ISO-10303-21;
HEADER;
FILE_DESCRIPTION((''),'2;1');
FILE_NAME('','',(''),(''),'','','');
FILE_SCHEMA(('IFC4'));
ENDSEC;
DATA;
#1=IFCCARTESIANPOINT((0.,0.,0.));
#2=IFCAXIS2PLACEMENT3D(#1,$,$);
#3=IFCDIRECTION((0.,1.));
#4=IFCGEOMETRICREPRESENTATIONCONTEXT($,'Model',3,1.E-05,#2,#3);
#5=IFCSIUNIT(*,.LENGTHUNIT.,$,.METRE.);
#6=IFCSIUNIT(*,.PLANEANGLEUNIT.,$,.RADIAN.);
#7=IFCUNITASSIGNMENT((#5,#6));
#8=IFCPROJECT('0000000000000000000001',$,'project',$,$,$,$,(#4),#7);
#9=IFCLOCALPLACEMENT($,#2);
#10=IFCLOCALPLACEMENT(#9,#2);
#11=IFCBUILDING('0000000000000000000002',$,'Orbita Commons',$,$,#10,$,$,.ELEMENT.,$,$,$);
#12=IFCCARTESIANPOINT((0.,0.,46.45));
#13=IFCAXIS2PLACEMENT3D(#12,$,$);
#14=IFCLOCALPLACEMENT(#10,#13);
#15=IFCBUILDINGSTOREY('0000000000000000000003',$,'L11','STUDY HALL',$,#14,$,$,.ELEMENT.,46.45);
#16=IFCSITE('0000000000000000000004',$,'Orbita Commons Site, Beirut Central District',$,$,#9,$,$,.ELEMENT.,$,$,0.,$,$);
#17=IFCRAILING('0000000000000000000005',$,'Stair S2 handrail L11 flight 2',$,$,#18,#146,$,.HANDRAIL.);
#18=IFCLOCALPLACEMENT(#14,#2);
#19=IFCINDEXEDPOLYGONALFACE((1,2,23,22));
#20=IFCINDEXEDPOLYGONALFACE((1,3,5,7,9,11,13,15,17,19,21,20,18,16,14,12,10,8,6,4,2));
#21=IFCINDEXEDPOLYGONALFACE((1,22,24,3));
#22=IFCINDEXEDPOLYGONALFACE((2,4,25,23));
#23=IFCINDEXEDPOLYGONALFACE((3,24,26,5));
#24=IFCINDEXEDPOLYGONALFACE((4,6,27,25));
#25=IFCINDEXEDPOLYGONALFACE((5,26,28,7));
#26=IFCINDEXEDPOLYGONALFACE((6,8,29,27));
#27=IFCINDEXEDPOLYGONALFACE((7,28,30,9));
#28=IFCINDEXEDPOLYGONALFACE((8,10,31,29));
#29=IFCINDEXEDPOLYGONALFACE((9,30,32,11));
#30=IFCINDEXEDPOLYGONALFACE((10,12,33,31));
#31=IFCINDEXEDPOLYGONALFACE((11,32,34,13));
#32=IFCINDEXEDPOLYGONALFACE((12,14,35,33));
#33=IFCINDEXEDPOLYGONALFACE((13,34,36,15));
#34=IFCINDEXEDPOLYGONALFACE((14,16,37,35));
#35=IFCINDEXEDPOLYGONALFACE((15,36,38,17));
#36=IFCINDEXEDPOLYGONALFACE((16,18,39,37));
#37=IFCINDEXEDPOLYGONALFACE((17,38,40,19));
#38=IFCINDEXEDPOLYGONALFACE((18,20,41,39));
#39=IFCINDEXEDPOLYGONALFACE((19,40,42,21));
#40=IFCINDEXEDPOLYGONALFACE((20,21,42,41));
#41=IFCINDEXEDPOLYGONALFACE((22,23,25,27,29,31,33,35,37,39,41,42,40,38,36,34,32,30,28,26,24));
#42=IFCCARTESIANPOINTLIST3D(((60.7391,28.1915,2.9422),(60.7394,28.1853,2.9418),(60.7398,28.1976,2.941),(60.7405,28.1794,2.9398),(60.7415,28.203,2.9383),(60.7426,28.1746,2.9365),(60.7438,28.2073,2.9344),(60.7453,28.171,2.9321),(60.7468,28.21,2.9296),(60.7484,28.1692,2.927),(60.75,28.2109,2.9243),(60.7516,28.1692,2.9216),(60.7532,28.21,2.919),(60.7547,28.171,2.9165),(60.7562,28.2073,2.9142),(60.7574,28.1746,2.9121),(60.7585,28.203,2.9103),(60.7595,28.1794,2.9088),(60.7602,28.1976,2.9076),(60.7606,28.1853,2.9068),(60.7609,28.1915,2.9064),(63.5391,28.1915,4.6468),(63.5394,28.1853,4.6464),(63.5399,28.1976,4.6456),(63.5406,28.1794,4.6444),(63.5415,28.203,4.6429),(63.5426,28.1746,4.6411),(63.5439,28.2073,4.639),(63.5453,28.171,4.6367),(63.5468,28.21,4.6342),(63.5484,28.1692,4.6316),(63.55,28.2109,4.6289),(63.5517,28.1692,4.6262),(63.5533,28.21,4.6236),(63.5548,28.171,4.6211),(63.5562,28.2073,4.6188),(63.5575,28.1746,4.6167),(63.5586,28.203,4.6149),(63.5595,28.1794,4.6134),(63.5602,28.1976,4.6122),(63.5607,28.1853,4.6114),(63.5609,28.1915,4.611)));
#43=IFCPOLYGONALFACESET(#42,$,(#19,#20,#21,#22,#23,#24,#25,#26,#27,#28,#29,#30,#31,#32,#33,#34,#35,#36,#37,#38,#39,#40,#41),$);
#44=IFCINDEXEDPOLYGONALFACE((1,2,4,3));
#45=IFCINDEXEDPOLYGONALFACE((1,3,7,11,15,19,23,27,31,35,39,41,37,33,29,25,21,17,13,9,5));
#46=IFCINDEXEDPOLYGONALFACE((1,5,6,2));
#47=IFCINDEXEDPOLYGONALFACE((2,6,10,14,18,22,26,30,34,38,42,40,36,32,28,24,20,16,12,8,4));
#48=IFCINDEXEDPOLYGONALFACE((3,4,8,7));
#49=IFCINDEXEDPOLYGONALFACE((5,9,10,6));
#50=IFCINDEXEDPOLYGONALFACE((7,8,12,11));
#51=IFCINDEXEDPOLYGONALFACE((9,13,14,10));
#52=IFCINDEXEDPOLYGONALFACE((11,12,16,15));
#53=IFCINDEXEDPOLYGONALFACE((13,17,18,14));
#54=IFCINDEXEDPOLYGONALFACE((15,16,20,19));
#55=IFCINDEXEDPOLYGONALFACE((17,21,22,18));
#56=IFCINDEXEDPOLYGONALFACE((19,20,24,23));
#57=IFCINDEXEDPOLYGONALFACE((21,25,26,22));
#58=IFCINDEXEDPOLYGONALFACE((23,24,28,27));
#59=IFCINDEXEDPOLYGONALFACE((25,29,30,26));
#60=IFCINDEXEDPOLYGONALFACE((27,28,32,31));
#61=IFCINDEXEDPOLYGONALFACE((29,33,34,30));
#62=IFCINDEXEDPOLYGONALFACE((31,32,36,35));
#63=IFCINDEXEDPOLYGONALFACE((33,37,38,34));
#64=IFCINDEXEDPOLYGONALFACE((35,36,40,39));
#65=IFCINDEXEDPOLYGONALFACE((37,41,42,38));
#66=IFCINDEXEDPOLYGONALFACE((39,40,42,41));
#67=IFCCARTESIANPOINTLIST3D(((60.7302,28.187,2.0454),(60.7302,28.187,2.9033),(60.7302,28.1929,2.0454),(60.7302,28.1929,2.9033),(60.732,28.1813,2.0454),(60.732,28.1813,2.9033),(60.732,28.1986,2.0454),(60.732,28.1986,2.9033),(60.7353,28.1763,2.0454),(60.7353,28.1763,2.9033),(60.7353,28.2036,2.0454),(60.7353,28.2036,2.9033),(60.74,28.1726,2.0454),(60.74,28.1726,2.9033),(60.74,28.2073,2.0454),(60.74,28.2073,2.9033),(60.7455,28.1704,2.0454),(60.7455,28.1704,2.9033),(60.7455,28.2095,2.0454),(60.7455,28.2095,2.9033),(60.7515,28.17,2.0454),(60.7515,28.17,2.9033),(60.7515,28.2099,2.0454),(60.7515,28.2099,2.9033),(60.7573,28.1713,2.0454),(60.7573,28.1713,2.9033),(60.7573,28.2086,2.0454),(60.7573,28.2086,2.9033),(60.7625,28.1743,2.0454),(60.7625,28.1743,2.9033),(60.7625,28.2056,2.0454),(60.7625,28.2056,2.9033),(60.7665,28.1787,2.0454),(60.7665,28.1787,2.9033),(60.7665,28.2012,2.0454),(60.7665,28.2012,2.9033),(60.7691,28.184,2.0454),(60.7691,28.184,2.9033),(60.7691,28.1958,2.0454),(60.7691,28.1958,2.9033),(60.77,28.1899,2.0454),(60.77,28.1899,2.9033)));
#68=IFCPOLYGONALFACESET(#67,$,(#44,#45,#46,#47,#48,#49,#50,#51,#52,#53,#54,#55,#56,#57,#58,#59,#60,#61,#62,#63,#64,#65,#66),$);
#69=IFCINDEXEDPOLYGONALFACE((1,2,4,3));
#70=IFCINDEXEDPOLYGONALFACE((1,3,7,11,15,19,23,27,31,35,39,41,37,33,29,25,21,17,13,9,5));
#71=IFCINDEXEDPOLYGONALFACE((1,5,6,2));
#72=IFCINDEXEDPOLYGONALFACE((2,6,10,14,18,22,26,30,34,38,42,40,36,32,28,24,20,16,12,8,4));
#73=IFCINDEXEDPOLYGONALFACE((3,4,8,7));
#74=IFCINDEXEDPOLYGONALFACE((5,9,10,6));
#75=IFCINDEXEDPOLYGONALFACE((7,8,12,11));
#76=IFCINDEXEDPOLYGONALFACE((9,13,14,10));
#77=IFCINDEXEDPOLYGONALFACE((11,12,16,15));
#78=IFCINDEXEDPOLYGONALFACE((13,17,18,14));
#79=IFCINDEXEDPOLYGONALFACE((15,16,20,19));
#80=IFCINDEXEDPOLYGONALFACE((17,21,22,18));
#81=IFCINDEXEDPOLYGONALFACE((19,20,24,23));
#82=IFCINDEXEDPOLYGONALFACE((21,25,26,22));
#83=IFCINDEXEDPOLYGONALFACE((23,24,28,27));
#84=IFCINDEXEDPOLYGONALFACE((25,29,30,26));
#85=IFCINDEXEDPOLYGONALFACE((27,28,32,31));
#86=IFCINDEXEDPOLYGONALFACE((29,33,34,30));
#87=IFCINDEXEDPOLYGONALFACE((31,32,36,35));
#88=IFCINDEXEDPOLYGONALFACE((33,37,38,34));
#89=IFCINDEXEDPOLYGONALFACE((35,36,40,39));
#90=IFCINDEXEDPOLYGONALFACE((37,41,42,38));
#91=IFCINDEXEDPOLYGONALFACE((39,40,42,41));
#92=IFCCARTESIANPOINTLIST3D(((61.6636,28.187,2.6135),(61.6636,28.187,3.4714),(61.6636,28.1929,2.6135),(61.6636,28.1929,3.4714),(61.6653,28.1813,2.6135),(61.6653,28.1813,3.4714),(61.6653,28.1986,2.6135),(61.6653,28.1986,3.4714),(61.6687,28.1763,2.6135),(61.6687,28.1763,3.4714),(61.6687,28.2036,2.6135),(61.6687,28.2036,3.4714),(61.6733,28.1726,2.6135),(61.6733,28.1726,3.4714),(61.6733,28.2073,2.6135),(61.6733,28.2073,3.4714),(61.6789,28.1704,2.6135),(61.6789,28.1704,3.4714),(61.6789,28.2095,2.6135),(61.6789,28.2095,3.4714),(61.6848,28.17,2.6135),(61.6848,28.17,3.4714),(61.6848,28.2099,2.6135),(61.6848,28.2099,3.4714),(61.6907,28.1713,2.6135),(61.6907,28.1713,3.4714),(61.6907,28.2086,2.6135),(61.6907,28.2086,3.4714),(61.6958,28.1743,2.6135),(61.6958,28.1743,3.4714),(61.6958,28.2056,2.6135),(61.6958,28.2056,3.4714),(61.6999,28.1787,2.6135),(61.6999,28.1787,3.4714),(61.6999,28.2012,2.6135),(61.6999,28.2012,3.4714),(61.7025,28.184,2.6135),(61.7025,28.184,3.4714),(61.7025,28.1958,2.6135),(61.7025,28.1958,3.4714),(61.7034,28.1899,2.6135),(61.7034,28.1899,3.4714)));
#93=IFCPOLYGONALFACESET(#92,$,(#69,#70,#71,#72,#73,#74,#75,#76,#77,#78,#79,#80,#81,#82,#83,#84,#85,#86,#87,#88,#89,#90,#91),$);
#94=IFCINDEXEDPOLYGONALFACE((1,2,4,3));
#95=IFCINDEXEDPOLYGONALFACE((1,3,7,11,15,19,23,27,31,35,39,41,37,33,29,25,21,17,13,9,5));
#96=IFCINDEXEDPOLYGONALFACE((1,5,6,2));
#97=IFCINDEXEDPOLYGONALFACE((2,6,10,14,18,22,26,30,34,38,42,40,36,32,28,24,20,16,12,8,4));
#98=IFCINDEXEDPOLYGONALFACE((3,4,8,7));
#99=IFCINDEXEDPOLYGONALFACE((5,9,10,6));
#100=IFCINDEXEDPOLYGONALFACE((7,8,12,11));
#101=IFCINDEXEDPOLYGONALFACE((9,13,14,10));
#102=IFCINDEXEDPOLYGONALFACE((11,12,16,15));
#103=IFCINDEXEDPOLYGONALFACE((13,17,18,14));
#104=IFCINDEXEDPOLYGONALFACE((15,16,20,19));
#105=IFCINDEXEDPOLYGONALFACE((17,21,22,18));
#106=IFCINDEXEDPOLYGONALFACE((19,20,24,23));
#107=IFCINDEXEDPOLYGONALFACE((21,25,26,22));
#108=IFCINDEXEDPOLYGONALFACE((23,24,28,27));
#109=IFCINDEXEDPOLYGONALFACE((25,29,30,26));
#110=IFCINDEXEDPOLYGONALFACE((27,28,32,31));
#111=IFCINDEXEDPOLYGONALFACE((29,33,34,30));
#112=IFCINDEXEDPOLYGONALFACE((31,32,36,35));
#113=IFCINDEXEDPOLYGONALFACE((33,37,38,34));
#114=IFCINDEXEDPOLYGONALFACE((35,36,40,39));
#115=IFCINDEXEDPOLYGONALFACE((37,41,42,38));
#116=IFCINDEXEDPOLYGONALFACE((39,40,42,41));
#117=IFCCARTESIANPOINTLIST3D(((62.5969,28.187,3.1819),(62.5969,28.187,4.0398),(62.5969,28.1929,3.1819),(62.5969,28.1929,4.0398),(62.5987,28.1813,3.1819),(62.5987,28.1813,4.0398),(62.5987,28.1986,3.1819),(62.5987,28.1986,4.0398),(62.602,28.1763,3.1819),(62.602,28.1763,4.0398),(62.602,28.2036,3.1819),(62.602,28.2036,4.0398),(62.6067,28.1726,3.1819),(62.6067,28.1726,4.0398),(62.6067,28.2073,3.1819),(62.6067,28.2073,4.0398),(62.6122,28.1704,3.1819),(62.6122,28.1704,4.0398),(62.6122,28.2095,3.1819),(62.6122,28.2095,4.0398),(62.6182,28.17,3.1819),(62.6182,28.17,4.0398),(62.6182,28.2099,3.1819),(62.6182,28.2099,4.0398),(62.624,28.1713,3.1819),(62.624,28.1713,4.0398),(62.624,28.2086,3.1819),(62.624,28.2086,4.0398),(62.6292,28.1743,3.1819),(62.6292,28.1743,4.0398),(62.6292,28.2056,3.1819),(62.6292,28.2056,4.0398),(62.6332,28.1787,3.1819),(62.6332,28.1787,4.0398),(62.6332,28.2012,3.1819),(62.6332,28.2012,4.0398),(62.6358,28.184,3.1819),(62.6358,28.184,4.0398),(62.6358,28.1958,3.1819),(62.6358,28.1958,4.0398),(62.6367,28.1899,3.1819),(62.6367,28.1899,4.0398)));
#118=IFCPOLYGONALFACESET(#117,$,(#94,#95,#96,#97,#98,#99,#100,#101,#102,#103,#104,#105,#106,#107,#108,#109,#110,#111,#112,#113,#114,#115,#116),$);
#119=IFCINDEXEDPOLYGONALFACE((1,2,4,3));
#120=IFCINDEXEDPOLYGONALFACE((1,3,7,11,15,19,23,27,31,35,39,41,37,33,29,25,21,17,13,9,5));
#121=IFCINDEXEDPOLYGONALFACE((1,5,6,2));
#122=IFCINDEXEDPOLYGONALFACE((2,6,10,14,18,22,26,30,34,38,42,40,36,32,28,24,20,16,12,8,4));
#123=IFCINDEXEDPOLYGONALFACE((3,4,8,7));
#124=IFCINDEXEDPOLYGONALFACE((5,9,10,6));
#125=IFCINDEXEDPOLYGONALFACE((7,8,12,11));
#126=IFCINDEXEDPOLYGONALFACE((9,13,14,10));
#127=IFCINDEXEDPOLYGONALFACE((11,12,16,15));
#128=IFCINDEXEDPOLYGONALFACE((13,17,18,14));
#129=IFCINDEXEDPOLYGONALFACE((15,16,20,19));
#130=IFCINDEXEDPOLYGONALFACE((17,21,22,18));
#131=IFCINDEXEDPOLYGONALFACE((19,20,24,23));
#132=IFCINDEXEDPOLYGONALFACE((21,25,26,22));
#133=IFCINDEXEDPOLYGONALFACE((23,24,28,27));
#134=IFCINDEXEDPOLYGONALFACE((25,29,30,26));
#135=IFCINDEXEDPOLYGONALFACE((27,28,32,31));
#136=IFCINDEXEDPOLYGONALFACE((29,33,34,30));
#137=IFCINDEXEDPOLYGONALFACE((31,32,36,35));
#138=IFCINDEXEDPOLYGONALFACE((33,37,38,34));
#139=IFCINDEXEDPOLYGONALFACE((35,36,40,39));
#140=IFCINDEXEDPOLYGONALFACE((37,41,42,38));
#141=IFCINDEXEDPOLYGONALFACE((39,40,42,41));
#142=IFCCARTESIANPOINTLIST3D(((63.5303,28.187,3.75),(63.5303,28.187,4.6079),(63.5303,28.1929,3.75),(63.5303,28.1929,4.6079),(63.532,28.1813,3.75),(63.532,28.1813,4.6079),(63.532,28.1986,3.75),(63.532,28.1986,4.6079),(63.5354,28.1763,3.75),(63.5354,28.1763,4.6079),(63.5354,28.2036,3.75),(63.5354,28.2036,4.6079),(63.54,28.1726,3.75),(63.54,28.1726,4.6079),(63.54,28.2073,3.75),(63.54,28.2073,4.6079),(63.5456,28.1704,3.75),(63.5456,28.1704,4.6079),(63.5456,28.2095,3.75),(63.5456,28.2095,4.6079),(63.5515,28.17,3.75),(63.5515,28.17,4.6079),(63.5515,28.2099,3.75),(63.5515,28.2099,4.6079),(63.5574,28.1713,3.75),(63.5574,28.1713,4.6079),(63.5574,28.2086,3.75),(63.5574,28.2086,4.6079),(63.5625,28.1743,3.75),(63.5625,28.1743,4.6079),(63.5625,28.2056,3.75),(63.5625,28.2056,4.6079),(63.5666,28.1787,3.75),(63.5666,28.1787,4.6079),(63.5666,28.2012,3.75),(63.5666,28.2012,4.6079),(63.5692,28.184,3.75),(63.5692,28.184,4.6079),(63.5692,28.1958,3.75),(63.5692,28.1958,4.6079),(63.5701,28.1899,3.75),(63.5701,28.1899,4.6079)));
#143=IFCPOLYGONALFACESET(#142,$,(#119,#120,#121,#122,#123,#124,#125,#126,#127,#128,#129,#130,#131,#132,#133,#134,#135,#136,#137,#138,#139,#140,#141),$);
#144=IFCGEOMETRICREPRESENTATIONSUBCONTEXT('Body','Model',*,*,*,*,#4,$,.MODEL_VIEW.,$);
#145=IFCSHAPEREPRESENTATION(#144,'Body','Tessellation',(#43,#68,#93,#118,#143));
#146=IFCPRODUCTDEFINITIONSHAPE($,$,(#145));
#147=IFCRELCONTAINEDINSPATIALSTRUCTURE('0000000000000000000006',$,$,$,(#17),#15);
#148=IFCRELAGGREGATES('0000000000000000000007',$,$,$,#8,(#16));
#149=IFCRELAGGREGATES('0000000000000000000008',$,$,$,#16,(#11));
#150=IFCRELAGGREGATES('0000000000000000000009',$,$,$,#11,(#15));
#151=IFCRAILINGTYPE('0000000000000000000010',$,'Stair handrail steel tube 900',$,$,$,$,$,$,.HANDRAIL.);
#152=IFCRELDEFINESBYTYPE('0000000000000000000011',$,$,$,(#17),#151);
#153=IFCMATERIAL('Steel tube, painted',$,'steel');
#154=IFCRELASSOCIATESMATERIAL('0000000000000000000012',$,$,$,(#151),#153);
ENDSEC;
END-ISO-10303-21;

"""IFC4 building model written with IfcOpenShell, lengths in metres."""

from ifc_helpers import new_model, si_unit, direction, frame, origin, origin_2d, place, context, subcontext, project, spatial, circle, extrude, material, type_object, element, save


model = new_model("IFC4")

# Units and contexts
model_context = context("Model", 3, precision=1e-05, world=origin(), true_north=direction((0.0, 1.0)))
body_context = subcontext(model_context, "Body", "Model", "MODEL_VIEW")
ifc_project = project(units=[si_unit("LENGTHUNIT", "METRE"), si_unit("PLANEANGLEUNIT", "RADIAN")], contexts=[model_context])

# Site, building, storey
site_placement = place(None, origin())
site = spatial("IfcSite", under=ifc_project, at=site_placement, Name="Orbita Commons Site, Beirut Central District", CompositionType="ELEMENT", RefElevation=0.0)
building_placement = place(site_placement, origin())
building = spatial("IfcBuilding", under=site, at=building_placement, Name="Orbita Commons", CompositionType="ELEMENT")
storey_placement = place(building_placement, frame((0.0, 0.0, 46.45)))
storey = spatial("IfcBuildingStorey", under=building, at=storey_placement, Name="L11", Description="STUDY HALL", CompositionType="ELEMENT", Elevation=46.45)

# Railing
ifc_material_1 = material(Name="Steel tube, painted", Category="steel")
railing_type = type_object("IfcRailingType", Name="Stair handrail steel tube 900", PredefinedType="HANDRAIL", material=ifc_material_1)
for number, where, name in (
    (1, (60.75, 28.1899, 2.0454), "Stair S2 handrail L11 flight 2"),
):
    element("IfcRailing", number, at=place(storey_placement, frame(where)), inside=storey, type_object=railing_type, Name=name, PredefinedType="HANDRAIL", context=body_context, shape_type="SweptSolid", body=[
        extrude(circle(Radius=0.021, at=origin_2d()), frame((0.0, 0.0, 0.8789), z_axis=(0.85417, 0.0, 0.519994), x_axis=(0.0, 1.0, 0.0)), (0.0, 0.0, 1.0), 3.2781),
        extrude(circle(Radius=0.02, at=origin_2d()), origin(), (0.0, 0.0, 1.0), 0.8579),
        extrude(circle(Radius=0.02, at=origin_2d()), frame((0.9333, 0.0, 0.5681)), (0.0, 0.0, 1.0), 0.8579),
        extrude(circle(Radius=0.02, at=origin_2d()), frame((1.8667, 0.0, 1.1365)), (0.0, 0.0, 1.0), 0.8579),
        extrude(circle(Radius=0.02, at=origin_2d()), frame((2.8, 0.0, 1.7046)), (0.0, 0.0, 1.0), 0.8579),
    ])

save(model, "model.ifc")
